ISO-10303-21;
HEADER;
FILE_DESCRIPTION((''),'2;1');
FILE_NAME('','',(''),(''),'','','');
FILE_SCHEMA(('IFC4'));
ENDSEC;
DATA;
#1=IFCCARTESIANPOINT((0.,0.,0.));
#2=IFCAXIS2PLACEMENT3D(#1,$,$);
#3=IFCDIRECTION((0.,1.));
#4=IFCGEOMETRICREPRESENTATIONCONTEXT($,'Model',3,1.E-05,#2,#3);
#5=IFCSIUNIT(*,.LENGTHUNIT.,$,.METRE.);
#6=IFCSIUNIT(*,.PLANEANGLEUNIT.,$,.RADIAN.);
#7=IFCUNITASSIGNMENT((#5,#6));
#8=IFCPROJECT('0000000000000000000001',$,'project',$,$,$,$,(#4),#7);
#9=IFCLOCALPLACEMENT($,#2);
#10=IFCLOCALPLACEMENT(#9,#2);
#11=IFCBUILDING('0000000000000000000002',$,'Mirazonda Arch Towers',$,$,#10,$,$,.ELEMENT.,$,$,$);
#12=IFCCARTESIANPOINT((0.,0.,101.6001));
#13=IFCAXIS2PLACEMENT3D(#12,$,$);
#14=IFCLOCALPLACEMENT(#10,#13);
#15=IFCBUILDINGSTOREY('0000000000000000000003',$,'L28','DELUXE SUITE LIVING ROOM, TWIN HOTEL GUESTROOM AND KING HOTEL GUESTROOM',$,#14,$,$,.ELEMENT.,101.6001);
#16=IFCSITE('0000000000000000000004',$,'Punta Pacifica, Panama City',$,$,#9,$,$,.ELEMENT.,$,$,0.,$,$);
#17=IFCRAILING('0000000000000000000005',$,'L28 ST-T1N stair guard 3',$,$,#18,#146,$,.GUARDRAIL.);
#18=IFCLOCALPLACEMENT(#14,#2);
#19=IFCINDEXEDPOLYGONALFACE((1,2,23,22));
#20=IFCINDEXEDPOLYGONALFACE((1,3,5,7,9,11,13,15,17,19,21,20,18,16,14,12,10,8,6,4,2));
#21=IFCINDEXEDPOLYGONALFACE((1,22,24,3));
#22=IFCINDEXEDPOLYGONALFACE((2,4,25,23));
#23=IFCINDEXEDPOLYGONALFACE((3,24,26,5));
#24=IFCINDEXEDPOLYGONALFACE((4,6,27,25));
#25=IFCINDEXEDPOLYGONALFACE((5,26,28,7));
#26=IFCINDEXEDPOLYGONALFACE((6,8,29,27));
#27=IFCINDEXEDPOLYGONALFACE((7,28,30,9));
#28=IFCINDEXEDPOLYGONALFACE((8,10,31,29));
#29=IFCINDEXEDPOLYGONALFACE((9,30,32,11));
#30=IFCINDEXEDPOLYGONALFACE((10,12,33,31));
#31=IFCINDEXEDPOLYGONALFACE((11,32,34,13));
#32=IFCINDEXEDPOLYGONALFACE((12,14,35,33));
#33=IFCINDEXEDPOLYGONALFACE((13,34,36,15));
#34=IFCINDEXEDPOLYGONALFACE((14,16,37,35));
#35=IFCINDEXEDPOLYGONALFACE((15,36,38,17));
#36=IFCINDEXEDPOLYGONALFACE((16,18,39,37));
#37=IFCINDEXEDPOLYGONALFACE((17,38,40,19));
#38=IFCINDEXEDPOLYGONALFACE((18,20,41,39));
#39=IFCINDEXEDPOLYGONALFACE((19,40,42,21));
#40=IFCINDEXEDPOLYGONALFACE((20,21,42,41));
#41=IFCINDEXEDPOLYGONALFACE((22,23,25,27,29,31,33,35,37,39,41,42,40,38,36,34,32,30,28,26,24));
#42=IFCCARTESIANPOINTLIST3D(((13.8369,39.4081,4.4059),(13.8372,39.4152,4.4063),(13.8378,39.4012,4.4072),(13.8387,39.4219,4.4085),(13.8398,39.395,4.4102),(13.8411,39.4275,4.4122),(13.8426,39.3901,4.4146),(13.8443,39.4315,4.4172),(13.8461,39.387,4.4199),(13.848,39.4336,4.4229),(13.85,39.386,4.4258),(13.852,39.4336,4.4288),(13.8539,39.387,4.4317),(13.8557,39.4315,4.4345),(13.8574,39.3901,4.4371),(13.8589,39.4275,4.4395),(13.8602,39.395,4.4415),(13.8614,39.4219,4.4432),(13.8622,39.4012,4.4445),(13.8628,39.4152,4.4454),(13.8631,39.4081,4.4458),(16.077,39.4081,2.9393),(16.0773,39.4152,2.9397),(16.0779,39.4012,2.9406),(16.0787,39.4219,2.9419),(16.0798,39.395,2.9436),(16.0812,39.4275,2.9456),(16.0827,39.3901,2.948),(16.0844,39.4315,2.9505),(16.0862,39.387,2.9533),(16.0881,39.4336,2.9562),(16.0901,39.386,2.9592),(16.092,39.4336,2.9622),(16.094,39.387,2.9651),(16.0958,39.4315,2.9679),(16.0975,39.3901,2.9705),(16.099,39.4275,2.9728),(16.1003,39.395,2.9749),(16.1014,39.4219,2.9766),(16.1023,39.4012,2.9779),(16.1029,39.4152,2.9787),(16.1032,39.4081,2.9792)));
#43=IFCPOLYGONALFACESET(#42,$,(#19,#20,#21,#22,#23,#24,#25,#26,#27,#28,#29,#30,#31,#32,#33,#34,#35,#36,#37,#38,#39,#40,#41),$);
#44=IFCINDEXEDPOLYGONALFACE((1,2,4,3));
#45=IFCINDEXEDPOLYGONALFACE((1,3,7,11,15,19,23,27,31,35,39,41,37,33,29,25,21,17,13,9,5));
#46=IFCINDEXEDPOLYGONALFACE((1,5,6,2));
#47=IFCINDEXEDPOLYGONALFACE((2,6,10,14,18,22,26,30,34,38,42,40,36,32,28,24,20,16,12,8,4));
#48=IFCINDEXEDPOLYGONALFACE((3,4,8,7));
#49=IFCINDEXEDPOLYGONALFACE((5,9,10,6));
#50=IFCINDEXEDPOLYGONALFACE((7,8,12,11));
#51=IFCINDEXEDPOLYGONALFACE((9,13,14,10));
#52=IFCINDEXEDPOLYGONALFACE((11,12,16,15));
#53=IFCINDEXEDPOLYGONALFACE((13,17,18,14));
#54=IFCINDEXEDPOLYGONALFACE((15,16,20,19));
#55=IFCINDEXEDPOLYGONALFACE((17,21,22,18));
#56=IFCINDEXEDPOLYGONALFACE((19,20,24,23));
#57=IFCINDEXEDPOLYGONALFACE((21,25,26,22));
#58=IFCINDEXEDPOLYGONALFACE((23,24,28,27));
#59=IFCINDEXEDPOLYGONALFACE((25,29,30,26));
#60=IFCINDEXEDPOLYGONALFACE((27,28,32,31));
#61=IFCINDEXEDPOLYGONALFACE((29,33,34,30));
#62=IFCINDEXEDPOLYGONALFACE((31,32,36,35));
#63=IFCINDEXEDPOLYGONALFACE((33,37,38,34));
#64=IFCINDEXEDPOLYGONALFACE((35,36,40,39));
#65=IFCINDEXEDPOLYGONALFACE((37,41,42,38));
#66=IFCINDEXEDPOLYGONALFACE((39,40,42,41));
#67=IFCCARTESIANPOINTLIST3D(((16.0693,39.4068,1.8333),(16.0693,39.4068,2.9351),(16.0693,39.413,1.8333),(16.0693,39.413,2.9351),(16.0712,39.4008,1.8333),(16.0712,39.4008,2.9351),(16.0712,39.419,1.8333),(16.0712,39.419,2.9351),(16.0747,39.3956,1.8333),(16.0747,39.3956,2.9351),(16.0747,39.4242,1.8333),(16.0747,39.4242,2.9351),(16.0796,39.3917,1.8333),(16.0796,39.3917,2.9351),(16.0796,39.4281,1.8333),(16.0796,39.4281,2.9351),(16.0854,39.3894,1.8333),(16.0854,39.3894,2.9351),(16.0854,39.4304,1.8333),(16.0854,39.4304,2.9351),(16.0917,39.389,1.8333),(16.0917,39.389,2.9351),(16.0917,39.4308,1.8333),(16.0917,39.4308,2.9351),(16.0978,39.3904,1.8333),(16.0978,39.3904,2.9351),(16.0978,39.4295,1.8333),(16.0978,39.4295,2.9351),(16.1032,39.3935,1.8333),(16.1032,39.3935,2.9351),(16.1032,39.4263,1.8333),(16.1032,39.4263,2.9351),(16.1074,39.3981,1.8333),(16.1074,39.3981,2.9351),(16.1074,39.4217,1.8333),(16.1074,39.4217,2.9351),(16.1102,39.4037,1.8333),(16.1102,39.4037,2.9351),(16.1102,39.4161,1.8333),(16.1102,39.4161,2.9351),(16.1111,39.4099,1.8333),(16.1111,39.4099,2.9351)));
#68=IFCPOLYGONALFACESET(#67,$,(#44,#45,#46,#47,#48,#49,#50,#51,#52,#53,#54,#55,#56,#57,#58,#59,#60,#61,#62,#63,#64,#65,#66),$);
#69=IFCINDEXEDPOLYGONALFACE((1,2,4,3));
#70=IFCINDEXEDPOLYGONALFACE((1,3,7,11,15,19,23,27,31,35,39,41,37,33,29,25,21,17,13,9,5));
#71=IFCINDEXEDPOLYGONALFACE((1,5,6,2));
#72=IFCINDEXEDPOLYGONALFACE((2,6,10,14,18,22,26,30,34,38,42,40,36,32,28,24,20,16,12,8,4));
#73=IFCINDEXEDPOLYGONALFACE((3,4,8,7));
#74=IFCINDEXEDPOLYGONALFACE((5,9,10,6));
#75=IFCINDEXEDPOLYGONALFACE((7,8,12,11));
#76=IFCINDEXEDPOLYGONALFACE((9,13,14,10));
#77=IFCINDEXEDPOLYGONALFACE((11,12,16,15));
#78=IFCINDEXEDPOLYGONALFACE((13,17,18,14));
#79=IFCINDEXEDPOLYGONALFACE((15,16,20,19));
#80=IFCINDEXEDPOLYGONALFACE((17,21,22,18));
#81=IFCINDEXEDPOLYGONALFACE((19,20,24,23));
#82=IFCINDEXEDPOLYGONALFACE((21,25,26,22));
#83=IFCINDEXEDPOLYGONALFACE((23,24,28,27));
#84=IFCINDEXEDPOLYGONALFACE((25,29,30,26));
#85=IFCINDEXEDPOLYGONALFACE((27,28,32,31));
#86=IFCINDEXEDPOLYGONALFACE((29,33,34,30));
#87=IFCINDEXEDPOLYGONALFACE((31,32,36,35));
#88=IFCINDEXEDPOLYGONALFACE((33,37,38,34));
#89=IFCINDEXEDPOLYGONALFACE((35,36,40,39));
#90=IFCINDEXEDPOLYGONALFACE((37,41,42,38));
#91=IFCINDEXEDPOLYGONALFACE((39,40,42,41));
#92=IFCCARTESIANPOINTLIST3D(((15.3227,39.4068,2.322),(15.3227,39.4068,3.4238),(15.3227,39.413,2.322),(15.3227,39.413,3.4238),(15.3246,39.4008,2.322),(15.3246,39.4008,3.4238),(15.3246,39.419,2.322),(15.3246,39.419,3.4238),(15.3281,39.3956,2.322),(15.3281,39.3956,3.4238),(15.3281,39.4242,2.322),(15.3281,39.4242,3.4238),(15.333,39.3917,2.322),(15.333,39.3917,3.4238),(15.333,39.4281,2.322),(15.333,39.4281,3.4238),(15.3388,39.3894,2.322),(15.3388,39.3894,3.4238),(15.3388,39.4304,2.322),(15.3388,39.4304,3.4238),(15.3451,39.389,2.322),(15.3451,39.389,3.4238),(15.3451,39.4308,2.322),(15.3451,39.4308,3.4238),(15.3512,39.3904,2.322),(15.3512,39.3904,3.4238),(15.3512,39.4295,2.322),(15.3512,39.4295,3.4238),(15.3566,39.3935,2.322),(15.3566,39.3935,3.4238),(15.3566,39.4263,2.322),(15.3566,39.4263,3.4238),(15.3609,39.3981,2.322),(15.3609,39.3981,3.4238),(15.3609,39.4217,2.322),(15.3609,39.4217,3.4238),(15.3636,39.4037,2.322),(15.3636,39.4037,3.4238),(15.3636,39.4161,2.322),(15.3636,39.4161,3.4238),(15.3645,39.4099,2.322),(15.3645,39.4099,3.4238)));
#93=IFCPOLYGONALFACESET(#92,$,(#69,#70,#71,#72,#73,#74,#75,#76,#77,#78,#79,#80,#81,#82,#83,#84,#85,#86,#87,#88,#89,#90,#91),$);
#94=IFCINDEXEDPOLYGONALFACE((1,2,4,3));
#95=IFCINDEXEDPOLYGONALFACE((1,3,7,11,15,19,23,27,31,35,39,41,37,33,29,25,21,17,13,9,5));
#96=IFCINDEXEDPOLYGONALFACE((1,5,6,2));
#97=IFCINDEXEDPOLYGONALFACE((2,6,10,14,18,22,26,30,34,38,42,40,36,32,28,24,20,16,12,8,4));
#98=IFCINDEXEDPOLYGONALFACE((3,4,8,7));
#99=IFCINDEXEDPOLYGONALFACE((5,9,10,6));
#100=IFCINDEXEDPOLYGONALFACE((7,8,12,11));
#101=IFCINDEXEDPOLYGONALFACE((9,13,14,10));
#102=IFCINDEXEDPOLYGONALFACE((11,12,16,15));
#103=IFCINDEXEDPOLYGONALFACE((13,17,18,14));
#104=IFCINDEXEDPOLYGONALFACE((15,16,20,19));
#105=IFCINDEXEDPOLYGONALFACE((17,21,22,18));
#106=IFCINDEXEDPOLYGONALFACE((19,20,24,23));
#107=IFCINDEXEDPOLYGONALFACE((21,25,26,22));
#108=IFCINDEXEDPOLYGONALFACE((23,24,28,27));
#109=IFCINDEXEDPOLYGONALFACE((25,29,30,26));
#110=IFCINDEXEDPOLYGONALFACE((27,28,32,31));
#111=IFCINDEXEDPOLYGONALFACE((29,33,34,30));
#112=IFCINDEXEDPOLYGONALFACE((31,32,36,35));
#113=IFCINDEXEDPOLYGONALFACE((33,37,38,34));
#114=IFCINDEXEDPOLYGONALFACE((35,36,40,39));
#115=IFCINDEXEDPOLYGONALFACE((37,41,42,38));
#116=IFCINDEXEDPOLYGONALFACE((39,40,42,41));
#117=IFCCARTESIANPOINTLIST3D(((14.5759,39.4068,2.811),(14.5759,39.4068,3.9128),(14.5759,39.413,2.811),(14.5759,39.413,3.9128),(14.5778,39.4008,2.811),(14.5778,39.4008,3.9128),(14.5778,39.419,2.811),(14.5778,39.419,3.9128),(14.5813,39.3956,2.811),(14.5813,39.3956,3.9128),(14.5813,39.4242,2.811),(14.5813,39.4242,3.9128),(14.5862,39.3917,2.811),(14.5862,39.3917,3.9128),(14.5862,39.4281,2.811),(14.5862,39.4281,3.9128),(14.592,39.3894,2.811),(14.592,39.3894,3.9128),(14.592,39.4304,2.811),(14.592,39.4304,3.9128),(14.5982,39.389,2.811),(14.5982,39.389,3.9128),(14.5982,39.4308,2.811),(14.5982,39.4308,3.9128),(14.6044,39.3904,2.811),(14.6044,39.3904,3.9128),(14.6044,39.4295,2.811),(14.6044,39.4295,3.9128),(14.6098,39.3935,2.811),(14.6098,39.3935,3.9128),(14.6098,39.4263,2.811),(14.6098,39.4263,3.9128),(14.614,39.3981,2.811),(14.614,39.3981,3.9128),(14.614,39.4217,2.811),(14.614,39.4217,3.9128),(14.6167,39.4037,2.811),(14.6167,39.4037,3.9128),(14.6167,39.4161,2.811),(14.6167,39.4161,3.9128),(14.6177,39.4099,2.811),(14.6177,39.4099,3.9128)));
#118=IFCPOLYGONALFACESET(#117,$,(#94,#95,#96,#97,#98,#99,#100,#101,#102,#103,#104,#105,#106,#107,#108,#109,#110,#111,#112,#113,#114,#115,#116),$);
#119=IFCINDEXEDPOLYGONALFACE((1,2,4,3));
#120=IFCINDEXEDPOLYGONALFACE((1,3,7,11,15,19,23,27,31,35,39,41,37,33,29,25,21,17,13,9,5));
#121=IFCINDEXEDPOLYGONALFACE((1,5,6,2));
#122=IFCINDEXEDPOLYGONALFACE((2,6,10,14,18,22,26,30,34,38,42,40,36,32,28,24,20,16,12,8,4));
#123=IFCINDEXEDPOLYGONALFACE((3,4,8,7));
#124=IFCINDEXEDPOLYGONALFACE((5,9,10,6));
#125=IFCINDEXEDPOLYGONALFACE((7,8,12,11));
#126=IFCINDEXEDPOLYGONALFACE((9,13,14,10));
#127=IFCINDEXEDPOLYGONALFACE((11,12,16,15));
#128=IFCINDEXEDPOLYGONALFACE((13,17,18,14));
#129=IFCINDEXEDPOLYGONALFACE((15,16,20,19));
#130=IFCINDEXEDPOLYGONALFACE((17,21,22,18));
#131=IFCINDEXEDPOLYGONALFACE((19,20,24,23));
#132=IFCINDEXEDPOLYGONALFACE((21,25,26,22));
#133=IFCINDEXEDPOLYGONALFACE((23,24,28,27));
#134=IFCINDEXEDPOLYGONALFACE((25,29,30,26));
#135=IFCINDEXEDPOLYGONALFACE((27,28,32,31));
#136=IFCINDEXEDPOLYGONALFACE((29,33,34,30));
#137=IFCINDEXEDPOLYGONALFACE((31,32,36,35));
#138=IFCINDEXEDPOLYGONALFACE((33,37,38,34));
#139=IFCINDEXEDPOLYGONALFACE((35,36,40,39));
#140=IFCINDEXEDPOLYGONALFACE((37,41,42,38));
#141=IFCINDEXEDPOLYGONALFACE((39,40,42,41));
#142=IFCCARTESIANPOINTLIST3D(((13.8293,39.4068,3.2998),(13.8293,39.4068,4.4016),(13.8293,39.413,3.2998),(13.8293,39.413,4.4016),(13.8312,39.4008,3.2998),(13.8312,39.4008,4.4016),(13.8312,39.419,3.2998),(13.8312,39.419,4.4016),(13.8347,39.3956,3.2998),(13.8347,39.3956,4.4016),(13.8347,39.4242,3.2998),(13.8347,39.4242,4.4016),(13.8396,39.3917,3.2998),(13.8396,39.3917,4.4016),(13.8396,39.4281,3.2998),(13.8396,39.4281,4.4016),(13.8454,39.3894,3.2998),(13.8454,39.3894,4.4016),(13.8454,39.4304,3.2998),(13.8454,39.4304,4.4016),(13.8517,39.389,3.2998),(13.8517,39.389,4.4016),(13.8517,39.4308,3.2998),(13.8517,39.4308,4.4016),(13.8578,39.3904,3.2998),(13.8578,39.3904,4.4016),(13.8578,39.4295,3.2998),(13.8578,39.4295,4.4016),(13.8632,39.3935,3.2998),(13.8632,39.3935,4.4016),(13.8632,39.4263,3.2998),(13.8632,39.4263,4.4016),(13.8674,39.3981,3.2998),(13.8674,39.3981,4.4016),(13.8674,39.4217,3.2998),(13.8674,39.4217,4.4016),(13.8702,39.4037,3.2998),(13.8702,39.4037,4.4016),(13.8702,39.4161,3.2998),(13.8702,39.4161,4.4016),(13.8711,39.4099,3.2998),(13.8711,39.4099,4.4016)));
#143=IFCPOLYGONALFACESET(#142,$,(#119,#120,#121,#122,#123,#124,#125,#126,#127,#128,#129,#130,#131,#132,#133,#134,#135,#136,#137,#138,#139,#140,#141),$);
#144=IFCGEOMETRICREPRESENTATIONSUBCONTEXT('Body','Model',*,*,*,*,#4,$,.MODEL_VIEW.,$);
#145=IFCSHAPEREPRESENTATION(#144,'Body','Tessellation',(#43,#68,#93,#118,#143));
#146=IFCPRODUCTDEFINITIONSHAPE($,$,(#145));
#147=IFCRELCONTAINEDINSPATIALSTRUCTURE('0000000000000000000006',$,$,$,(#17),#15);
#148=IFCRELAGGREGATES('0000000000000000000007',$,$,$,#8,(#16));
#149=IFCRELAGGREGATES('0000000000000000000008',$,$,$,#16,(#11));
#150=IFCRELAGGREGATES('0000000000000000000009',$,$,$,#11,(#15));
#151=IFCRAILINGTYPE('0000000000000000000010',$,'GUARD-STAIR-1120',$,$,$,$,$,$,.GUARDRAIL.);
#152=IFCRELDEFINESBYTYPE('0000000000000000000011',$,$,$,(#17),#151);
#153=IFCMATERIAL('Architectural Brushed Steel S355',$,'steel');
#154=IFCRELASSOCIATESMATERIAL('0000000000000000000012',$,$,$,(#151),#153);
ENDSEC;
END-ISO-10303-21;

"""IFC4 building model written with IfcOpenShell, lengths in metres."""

from ifc_helpers import new_model, si_unit, direction, frame, origin, origin_2d, place, context, subcontext, project, spatial, circle, extrude, material, type_object, element, save


model = new_model("IFC4")

# Units and contexts
model_context = context("Model", 3, precision=1e-05, world=origin(), true_north=direction((0.0, 1.0)))
body_context = subcontext(model_context, "Body", "Model", "MODEL_VIEW")
ifc_project = project(units=[si_unit("LENGTHUNIT", "METRE"), si_unit("PLANEANGLEUNIT", "RADIAN")], contexts=[model_context])

# Site, building, storey
site_placement = place(None, origin())
site = spatial("IfcSite", under=ifc_project, at=site_placement, Name="Punta Pacifica, Panama City", CompositionType="ELEMENT", RefElevation=0.0)
building_placement = place(site_placement, origin())
building = spatial("IfcBuilding", under=site, at=building_placement, Name="Mirazonda Arch Towers", CompositionType="ELEMENT")
storey_placement = place(building_placement, frame((0.0, 0.0, 101.6001)))
storey = spatial("IfcBuildingStorey", under=building, at=storey_placement, Name="L28", Description="DELUXE SUITE LIVING ROOM, TWIN HOTEL GUESTROOM AND KING HOTEL GUESTROOM", CompositionType="ELEMENT", Elevation=101.6001)

# Shared definitions
ifc_material_1 = material(Name="Architectural Brushed Steel S355", Category="steel")

# Railing
railing_type_1 = type_object("IfcRailingType", Name="GUARD-STAIR-1120", PredefinedType="GUARDRAIL", material=ifc_material_1)
railing_1_placement = place(storey_placement, frame((16.0901, 39.4099, 1.8333)))
element("IfcRailing", 1, at=railing_1_placement, inside=storey, type_object=railing_type_1, Name="L28 ST-T1N stair guard 3", PredefinedType="GUARDRAIL", context=body_context, shape_type="SweptSolid", body=[
    extrude(circle(Radius=0.0239, at=origin_2d()), frame((0.0, 0.0, 1.126), z_axis=(-0.836637, 0.0, 0.547758), x_axis=(0.0, -1.0, 0.0)), (0.0, 0.0, 1.0), 2.6775),
    extrude(circle(Radius=0.021, at=origin_2d()), origin(), (0.0, 0.0, 1.0), 1.1018),
    extrude(circle(Radius=0.021, at=origin_2d()), frame((-0.7466, 0.0, 0.4888)), (0.0, 0.0, 1.0), 1.1018),
    extrude(circle(Radius=0.021, at=origin_2d()), frame((-1.4934, 0.0, 0.9778)), (0.0, 0.0, 1.0), 1.1018),
    extrude(circle(Radius=0.021, at=origin_2d()), frame((-2.24, 0.0, 1.4666)), (0.0, 0.0, 1.0), 1.1018),
])

save(model, "model.ifc")
